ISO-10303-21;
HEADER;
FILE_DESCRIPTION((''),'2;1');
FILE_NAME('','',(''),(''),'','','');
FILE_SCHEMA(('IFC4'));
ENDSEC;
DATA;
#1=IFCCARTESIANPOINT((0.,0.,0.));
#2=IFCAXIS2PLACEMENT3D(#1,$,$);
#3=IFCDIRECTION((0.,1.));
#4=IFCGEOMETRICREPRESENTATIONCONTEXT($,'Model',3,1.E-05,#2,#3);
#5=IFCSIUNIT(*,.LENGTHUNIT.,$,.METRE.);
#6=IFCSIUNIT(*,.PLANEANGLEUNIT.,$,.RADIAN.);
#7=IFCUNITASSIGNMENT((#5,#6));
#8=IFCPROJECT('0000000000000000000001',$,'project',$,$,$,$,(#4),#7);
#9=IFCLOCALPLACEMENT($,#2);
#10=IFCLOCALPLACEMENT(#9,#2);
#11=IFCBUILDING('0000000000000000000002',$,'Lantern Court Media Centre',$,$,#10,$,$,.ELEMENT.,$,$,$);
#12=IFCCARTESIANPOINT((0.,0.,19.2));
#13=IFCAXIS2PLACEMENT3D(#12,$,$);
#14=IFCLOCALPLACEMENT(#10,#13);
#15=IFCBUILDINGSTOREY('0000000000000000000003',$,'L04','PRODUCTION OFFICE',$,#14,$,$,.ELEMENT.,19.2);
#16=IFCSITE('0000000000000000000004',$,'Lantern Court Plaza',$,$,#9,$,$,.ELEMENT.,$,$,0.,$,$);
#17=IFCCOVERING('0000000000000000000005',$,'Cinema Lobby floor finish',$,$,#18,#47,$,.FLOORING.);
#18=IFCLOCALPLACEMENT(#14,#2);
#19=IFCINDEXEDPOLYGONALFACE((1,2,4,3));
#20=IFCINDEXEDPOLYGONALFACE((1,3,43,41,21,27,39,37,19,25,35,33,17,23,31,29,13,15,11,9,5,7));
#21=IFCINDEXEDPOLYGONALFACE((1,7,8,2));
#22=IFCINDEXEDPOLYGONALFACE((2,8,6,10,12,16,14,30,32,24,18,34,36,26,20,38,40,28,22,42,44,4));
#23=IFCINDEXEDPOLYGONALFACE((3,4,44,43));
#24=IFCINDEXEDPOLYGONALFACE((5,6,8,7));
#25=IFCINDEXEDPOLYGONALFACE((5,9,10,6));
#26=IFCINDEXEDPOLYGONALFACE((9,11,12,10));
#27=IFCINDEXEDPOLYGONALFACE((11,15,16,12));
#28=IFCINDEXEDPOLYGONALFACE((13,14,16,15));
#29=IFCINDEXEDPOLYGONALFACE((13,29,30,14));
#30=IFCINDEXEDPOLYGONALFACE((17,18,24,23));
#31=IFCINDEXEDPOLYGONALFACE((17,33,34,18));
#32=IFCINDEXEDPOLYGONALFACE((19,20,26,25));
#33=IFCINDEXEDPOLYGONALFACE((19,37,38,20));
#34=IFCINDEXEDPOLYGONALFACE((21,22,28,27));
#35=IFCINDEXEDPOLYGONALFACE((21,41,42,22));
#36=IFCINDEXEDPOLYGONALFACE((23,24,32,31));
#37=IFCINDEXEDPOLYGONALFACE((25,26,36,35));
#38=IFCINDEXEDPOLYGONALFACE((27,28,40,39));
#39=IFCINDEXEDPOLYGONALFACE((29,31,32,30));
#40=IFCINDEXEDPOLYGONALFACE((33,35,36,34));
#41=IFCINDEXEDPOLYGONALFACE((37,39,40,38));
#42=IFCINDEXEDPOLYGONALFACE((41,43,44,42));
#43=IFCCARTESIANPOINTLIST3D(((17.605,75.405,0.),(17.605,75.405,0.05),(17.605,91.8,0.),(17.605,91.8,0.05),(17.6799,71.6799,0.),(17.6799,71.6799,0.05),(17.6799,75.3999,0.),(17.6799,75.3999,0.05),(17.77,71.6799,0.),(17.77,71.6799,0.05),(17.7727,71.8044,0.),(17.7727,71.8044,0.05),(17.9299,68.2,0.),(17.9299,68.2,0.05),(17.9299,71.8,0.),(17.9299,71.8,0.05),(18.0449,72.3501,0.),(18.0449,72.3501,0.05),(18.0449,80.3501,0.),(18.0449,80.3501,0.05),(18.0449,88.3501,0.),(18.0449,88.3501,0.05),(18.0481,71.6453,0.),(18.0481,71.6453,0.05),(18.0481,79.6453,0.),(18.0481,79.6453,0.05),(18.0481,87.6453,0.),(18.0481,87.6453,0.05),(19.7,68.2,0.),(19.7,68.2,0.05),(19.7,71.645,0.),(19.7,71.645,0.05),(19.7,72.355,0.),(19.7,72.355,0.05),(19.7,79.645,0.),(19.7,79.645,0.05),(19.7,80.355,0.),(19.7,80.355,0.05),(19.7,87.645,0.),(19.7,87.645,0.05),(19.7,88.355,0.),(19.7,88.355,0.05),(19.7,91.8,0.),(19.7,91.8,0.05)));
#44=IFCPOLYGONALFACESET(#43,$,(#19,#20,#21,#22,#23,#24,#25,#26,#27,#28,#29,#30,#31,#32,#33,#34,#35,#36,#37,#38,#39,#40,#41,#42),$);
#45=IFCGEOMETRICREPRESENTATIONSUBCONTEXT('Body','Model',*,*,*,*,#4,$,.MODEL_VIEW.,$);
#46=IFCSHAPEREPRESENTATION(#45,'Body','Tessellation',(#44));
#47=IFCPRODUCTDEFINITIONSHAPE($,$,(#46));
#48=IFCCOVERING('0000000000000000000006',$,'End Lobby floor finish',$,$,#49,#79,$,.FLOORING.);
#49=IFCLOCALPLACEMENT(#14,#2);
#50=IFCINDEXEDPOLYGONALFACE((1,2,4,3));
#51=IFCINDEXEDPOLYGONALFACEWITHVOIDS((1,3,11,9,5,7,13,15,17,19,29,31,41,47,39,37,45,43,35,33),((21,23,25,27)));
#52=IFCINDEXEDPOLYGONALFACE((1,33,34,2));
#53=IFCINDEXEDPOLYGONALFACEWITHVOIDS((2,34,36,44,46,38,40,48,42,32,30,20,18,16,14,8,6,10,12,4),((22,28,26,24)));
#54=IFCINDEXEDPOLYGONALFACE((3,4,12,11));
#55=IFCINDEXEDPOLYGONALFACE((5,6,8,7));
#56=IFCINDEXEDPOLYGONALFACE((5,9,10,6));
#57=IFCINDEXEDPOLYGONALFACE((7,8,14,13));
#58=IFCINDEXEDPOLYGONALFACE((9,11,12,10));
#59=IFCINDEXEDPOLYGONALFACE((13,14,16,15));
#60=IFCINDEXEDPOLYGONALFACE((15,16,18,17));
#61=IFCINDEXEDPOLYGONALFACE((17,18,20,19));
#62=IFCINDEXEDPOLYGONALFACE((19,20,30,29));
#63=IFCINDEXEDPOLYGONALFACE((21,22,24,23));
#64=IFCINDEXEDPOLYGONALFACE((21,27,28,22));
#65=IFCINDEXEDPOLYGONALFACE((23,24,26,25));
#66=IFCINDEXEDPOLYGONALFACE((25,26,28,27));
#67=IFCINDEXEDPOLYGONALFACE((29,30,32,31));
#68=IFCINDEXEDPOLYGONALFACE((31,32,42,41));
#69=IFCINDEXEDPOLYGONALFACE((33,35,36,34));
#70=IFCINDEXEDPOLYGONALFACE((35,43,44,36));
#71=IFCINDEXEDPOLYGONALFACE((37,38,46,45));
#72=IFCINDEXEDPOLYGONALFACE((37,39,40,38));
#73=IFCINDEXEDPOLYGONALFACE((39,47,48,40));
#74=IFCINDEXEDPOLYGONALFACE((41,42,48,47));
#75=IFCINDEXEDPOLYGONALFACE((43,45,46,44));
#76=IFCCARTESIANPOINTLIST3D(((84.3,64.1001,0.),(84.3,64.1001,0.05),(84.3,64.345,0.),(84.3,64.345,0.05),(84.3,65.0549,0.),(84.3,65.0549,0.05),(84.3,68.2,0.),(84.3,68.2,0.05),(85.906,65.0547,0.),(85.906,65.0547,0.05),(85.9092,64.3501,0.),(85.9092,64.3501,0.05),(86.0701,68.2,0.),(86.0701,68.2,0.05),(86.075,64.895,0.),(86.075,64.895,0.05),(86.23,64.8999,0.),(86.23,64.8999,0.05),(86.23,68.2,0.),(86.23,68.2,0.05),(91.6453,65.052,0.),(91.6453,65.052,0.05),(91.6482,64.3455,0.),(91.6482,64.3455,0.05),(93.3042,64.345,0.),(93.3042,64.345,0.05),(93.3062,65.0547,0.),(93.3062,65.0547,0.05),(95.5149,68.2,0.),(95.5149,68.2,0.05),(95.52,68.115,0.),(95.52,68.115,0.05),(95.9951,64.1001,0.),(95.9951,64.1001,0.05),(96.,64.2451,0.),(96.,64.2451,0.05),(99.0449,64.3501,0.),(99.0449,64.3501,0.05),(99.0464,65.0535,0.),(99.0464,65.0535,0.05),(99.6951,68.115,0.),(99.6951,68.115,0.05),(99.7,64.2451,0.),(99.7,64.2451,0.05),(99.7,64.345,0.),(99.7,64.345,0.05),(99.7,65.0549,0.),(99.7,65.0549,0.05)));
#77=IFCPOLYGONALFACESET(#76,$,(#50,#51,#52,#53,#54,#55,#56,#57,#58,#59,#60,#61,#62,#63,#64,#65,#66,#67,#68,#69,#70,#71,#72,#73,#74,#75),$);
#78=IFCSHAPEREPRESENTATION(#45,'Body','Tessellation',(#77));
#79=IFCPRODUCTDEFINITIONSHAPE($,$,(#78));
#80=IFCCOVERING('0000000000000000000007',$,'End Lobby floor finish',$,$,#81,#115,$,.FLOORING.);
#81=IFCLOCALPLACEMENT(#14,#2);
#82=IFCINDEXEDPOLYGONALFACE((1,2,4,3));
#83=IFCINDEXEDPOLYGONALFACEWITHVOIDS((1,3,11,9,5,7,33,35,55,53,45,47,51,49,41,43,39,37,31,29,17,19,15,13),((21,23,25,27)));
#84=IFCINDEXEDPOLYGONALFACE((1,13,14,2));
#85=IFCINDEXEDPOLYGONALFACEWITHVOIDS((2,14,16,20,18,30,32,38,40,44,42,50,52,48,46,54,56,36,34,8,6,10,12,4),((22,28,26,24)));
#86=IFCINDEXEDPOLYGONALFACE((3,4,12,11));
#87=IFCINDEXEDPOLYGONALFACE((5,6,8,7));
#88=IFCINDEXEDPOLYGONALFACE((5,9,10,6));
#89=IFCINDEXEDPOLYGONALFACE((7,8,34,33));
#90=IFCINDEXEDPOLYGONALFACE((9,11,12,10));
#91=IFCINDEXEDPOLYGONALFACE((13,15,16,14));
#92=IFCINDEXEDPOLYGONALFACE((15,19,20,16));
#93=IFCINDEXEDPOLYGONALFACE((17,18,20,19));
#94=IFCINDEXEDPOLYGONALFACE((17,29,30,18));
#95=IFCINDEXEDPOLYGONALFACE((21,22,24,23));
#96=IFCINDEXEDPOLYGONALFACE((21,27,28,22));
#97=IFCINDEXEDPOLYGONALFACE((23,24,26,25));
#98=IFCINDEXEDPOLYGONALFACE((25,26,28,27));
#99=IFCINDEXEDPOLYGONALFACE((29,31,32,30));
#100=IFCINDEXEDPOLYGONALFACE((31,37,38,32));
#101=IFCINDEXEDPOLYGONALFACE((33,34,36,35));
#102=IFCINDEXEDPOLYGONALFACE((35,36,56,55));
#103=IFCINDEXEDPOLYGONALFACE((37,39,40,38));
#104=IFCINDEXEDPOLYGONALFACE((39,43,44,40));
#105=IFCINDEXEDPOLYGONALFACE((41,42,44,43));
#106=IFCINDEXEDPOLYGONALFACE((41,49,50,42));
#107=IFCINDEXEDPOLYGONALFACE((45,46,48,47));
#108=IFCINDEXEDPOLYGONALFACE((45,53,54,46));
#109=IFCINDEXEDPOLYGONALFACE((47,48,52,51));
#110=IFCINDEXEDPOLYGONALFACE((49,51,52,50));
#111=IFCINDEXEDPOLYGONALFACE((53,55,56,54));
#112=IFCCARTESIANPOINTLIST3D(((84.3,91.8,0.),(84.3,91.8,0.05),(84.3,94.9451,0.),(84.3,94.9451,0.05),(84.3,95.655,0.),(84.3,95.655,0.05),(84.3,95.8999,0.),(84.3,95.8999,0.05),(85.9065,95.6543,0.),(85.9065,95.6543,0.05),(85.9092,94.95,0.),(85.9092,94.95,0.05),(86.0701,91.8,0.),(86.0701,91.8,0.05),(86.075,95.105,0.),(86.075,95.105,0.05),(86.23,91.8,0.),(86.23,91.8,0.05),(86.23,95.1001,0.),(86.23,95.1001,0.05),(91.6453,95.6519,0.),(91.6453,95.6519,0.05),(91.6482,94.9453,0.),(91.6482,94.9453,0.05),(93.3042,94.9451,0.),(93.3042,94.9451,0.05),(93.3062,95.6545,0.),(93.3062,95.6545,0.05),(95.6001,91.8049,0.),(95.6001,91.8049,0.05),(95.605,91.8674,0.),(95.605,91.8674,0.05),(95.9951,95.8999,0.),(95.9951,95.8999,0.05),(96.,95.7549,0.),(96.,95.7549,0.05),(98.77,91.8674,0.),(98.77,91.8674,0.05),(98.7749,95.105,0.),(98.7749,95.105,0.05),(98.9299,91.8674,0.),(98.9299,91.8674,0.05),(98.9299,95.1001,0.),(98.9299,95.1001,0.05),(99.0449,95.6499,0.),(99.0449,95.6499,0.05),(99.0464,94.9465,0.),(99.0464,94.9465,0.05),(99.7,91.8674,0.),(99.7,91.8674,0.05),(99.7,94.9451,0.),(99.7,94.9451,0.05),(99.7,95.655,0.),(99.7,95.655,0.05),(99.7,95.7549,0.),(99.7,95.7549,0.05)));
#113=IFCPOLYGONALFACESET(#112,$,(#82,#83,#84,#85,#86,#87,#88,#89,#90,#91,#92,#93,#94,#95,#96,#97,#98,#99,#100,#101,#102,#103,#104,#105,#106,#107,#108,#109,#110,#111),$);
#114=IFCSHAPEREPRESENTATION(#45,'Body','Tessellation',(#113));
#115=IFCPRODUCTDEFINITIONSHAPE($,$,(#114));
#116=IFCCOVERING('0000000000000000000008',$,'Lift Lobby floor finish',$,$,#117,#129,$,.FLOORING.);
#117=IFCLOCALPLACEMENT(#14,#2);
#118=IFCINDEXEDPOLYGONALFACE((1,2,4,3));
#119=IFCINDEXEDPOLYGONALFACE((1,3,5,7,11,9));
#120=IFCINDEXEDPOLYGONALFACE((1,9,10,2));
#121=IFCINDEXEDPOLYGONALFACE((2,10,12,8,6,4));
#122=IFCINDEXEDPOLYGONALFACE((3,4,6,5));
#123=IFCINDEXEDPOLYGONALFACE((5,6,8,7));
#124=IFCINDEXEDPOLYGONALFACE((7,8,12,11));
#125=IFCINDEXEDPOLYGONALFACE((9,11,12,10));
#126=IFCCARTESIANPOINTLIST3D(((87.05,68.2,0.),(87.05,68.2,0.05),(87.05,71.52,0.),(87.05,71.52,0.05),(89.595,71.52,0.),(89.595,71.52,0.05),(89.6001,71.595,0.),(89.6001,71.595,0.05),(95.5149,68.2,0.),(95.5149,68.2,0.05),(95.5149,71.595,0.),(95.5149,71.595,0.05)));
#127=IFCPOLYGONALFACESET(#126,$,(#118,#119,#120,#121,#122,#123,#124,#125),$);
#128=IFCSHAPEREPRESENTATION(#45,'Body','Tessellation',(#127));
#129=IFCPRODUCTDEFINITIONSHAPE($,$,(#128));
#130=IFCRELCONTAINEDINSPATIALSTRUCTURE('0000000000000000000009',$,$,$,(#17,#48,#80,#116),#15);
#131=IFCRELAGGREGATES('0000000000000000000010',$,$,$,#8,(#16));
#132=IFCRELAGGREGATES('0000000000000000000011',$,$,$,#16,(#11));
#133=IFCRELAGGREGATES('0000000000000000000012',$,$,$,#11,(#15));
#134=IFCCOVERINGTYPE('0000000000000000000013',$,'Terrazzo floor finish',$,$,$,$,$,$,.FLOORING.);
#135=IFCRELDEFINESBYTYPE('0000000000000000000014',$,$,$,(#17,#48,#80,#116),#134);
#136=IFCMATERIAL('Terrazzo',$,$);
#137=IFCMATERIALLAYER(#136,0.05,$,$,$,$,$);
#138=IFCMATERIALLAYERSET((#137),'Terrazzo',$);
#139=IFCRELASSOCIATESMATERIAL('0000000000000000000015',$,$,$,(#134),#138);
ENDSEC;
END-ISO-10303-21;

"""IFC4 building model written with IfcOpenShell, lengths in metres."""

from ifc_helpers import new_model, si_unit, direction, frame, origin, place, context, subcontext, project, spatial, polyline, outline, extrude, material, layer, layer_set, type_object, element, save


model = new_model("IFC4")

# Units and contexts
model_context = context("Model", 3, precision=1e-05, world=origin(), true_north=direction((0.0, 1.0)))
body_context = subcontext(model_context, "Body", "Model", "MODEL_VIEW")
ifc_project = project(units=[si_unit("LENGTHUNIT", "METRE"), si_unit("PLANEANGLEUNIT", "RADIAN")], contexts=[model_context])

# Site, building, storey
site_placement = place(None, origin())
site = spatial("IfcSite", under=ifc_project, at=site_placement, Name="Lantern Court Plaza", CompositionType="ELEMENT", RefElevation=0.0)
building_placement = place(site_placement, origin())
building = spatial("IfcBuilding", under=site, at=building_placement, Name="Lantern Court Media Centre", CompositionType="ELEMENT")
storey_placement = place(building_placement, frame((0.0, 0.0, 19.2)))
storey = spatial("IfcBuildingStorey", under=building, at=storey_placement, Name="L04", Description="PRODUCTION OFFICE", CompositionType="ELEMENT", Elevation=19.2)

# Coverings
ifc_material_1 = material(Name="Terrazzo")
ifc_layer_1 = layer(ifc_material_1, 0.05)
ifc_layer_set_1 = layer_set([ifc_layer_1], Name="Terrazzo")
covering_type_1 = type_object("IfcCoveringType", Name="Terrazzo floor finish", PredefinedType="FLOORING", material=ifc_layer_set_1)
covering_1_placement = place(storey_placement, origin())
element("IfcCovering", 1, at=covering_1_placement, inside=storey, type_object=covering_type_1, Name="Cinema Lobby floor finish", PredefinedType="FLOORING", context=body_context, shape_type="SweptSolid", body=[
    extrude(outline(polyline([(19.7, 68.2), (17.9299, 68.2), (17.9299, 71.8), (17.7727, 71.8044), (17.77, 71.6799), (17.6799, 71.6799), (17.6799, 75.3999), (17.605, 75.405), (17.605, 91.8), (19.7, 91.8), (19.7, 88.355), (18.0449, 88.3501), (18.0481, 87.6453), (19.7, 87.645), (19.7, 80.355), (18.0449, 80.3501), (18.0481, 79.6453), (19.7, 79.645), (19.7, 72.355), (18.0449, 72.3501), (18.0481, 71.6453), (19.7, 71.645), (19.7, 68.2)])), origin(), (0.0, 0.0, 1.0), 0.05),
])
covering_2_placement = place(storey_placement, origin())
element("IfcCovering", 2, at=covering_2_placement, inside=storey, type_object=covering_type_1, Name="End Lobby floor finish", PredefinedType="FLOORING", context=body_context, shape_type="SweptSolid", body=[
    extrude(outline(polyline([(99.7, 64.2451), (96.0, 64.2451), (95.9951, 64.1001), (84.3, 64.1001), (84.3, 64.345), (85.9092, 64.3501), (85.906, 65.0547), (84.3, 65.0549), (84.3, 68.2), (86.0701, 68.2), (86.075, 64.895), (86.23, 64.8999), (86.23, 68.2), (95.5149, 68.2), (95.52, 68.115), (99.6951, 68.115), (99.7, 65.0549), (99.0464, 65.0535), (99.0449, 64.3501), (99.7, 64.345), (99.7, 64.2451)]), holes=[polyline([(93.3042, 64.345), (93.3062, 65.0547), (91.6453, 65.052), (91.6482, 64.3455), (93.3042, 64.345)])]), origin(), (0.0, 0.0, 1.0), 0.05),
])
covering_3_placement = place(storey_placement, origin())
element("IfcCovering", 3, at=covering_3_placement, inside=storey, type_object=covering_type_1, Name="End Lobby floor finish", PredefinedType="FLOORING", context=body_context, shape_type="SweptSolid", body=[
    extrude(outline(polyline([(99.7, 91.8674), (98.9299, 91.8674), (98.9299, 95.1001), (98.7749, 95.105), (98.77, 91.8674), (95.605, 91.8674), (95.6001, 91.8049), (86.23, 91.8), (86.23, 95.1001), (86.075, 95.105), (86.0701, 91.8), (84.3, 91.8), (84.3, 94.9451), (85.9092, 94.95), (85.9065, 95.6543), (84.3, 95.655), (84.3, 95.8999), (95.9951, 95.8999), (96.0, 95.7549), (99.7, 95.7549), (99.7, 95.655), (99.0449, 95.6499), (99.0464, 94.9465), (99.7, 94.9451), (99.7, 91.8674)]), holes=[polyline([(93.3042, 94.9451), (93.3062, 95.6545), (91.6453, 95.6519), (91.6482, 94.9453), (93.3042, 94.9451)])]), origin(), (0.0, 0.0, 1.0), 0.05),
])
covering_4_placement = place(storey_placement, origin())
element("IfcCovering", 4, at=covering_4_placement, inside=storey, type_object=covering_type_1, Name="Lift Lobby floor finish", PredefinedType="FLOORING", context=body_context, shape_type="SweptSolid", body=[
    extrude(outline(polyline([(87.05, 68.2), (87.05, 71.52), (89.595, 71.52), (89.6001, 71.595), (95.5149, 71.595), (95.5149, 68.2), (87.05, 68.2)])), origin(), (0.0, 0.0, 1.0), 0.05),
])

save(model, "model.ifc")
